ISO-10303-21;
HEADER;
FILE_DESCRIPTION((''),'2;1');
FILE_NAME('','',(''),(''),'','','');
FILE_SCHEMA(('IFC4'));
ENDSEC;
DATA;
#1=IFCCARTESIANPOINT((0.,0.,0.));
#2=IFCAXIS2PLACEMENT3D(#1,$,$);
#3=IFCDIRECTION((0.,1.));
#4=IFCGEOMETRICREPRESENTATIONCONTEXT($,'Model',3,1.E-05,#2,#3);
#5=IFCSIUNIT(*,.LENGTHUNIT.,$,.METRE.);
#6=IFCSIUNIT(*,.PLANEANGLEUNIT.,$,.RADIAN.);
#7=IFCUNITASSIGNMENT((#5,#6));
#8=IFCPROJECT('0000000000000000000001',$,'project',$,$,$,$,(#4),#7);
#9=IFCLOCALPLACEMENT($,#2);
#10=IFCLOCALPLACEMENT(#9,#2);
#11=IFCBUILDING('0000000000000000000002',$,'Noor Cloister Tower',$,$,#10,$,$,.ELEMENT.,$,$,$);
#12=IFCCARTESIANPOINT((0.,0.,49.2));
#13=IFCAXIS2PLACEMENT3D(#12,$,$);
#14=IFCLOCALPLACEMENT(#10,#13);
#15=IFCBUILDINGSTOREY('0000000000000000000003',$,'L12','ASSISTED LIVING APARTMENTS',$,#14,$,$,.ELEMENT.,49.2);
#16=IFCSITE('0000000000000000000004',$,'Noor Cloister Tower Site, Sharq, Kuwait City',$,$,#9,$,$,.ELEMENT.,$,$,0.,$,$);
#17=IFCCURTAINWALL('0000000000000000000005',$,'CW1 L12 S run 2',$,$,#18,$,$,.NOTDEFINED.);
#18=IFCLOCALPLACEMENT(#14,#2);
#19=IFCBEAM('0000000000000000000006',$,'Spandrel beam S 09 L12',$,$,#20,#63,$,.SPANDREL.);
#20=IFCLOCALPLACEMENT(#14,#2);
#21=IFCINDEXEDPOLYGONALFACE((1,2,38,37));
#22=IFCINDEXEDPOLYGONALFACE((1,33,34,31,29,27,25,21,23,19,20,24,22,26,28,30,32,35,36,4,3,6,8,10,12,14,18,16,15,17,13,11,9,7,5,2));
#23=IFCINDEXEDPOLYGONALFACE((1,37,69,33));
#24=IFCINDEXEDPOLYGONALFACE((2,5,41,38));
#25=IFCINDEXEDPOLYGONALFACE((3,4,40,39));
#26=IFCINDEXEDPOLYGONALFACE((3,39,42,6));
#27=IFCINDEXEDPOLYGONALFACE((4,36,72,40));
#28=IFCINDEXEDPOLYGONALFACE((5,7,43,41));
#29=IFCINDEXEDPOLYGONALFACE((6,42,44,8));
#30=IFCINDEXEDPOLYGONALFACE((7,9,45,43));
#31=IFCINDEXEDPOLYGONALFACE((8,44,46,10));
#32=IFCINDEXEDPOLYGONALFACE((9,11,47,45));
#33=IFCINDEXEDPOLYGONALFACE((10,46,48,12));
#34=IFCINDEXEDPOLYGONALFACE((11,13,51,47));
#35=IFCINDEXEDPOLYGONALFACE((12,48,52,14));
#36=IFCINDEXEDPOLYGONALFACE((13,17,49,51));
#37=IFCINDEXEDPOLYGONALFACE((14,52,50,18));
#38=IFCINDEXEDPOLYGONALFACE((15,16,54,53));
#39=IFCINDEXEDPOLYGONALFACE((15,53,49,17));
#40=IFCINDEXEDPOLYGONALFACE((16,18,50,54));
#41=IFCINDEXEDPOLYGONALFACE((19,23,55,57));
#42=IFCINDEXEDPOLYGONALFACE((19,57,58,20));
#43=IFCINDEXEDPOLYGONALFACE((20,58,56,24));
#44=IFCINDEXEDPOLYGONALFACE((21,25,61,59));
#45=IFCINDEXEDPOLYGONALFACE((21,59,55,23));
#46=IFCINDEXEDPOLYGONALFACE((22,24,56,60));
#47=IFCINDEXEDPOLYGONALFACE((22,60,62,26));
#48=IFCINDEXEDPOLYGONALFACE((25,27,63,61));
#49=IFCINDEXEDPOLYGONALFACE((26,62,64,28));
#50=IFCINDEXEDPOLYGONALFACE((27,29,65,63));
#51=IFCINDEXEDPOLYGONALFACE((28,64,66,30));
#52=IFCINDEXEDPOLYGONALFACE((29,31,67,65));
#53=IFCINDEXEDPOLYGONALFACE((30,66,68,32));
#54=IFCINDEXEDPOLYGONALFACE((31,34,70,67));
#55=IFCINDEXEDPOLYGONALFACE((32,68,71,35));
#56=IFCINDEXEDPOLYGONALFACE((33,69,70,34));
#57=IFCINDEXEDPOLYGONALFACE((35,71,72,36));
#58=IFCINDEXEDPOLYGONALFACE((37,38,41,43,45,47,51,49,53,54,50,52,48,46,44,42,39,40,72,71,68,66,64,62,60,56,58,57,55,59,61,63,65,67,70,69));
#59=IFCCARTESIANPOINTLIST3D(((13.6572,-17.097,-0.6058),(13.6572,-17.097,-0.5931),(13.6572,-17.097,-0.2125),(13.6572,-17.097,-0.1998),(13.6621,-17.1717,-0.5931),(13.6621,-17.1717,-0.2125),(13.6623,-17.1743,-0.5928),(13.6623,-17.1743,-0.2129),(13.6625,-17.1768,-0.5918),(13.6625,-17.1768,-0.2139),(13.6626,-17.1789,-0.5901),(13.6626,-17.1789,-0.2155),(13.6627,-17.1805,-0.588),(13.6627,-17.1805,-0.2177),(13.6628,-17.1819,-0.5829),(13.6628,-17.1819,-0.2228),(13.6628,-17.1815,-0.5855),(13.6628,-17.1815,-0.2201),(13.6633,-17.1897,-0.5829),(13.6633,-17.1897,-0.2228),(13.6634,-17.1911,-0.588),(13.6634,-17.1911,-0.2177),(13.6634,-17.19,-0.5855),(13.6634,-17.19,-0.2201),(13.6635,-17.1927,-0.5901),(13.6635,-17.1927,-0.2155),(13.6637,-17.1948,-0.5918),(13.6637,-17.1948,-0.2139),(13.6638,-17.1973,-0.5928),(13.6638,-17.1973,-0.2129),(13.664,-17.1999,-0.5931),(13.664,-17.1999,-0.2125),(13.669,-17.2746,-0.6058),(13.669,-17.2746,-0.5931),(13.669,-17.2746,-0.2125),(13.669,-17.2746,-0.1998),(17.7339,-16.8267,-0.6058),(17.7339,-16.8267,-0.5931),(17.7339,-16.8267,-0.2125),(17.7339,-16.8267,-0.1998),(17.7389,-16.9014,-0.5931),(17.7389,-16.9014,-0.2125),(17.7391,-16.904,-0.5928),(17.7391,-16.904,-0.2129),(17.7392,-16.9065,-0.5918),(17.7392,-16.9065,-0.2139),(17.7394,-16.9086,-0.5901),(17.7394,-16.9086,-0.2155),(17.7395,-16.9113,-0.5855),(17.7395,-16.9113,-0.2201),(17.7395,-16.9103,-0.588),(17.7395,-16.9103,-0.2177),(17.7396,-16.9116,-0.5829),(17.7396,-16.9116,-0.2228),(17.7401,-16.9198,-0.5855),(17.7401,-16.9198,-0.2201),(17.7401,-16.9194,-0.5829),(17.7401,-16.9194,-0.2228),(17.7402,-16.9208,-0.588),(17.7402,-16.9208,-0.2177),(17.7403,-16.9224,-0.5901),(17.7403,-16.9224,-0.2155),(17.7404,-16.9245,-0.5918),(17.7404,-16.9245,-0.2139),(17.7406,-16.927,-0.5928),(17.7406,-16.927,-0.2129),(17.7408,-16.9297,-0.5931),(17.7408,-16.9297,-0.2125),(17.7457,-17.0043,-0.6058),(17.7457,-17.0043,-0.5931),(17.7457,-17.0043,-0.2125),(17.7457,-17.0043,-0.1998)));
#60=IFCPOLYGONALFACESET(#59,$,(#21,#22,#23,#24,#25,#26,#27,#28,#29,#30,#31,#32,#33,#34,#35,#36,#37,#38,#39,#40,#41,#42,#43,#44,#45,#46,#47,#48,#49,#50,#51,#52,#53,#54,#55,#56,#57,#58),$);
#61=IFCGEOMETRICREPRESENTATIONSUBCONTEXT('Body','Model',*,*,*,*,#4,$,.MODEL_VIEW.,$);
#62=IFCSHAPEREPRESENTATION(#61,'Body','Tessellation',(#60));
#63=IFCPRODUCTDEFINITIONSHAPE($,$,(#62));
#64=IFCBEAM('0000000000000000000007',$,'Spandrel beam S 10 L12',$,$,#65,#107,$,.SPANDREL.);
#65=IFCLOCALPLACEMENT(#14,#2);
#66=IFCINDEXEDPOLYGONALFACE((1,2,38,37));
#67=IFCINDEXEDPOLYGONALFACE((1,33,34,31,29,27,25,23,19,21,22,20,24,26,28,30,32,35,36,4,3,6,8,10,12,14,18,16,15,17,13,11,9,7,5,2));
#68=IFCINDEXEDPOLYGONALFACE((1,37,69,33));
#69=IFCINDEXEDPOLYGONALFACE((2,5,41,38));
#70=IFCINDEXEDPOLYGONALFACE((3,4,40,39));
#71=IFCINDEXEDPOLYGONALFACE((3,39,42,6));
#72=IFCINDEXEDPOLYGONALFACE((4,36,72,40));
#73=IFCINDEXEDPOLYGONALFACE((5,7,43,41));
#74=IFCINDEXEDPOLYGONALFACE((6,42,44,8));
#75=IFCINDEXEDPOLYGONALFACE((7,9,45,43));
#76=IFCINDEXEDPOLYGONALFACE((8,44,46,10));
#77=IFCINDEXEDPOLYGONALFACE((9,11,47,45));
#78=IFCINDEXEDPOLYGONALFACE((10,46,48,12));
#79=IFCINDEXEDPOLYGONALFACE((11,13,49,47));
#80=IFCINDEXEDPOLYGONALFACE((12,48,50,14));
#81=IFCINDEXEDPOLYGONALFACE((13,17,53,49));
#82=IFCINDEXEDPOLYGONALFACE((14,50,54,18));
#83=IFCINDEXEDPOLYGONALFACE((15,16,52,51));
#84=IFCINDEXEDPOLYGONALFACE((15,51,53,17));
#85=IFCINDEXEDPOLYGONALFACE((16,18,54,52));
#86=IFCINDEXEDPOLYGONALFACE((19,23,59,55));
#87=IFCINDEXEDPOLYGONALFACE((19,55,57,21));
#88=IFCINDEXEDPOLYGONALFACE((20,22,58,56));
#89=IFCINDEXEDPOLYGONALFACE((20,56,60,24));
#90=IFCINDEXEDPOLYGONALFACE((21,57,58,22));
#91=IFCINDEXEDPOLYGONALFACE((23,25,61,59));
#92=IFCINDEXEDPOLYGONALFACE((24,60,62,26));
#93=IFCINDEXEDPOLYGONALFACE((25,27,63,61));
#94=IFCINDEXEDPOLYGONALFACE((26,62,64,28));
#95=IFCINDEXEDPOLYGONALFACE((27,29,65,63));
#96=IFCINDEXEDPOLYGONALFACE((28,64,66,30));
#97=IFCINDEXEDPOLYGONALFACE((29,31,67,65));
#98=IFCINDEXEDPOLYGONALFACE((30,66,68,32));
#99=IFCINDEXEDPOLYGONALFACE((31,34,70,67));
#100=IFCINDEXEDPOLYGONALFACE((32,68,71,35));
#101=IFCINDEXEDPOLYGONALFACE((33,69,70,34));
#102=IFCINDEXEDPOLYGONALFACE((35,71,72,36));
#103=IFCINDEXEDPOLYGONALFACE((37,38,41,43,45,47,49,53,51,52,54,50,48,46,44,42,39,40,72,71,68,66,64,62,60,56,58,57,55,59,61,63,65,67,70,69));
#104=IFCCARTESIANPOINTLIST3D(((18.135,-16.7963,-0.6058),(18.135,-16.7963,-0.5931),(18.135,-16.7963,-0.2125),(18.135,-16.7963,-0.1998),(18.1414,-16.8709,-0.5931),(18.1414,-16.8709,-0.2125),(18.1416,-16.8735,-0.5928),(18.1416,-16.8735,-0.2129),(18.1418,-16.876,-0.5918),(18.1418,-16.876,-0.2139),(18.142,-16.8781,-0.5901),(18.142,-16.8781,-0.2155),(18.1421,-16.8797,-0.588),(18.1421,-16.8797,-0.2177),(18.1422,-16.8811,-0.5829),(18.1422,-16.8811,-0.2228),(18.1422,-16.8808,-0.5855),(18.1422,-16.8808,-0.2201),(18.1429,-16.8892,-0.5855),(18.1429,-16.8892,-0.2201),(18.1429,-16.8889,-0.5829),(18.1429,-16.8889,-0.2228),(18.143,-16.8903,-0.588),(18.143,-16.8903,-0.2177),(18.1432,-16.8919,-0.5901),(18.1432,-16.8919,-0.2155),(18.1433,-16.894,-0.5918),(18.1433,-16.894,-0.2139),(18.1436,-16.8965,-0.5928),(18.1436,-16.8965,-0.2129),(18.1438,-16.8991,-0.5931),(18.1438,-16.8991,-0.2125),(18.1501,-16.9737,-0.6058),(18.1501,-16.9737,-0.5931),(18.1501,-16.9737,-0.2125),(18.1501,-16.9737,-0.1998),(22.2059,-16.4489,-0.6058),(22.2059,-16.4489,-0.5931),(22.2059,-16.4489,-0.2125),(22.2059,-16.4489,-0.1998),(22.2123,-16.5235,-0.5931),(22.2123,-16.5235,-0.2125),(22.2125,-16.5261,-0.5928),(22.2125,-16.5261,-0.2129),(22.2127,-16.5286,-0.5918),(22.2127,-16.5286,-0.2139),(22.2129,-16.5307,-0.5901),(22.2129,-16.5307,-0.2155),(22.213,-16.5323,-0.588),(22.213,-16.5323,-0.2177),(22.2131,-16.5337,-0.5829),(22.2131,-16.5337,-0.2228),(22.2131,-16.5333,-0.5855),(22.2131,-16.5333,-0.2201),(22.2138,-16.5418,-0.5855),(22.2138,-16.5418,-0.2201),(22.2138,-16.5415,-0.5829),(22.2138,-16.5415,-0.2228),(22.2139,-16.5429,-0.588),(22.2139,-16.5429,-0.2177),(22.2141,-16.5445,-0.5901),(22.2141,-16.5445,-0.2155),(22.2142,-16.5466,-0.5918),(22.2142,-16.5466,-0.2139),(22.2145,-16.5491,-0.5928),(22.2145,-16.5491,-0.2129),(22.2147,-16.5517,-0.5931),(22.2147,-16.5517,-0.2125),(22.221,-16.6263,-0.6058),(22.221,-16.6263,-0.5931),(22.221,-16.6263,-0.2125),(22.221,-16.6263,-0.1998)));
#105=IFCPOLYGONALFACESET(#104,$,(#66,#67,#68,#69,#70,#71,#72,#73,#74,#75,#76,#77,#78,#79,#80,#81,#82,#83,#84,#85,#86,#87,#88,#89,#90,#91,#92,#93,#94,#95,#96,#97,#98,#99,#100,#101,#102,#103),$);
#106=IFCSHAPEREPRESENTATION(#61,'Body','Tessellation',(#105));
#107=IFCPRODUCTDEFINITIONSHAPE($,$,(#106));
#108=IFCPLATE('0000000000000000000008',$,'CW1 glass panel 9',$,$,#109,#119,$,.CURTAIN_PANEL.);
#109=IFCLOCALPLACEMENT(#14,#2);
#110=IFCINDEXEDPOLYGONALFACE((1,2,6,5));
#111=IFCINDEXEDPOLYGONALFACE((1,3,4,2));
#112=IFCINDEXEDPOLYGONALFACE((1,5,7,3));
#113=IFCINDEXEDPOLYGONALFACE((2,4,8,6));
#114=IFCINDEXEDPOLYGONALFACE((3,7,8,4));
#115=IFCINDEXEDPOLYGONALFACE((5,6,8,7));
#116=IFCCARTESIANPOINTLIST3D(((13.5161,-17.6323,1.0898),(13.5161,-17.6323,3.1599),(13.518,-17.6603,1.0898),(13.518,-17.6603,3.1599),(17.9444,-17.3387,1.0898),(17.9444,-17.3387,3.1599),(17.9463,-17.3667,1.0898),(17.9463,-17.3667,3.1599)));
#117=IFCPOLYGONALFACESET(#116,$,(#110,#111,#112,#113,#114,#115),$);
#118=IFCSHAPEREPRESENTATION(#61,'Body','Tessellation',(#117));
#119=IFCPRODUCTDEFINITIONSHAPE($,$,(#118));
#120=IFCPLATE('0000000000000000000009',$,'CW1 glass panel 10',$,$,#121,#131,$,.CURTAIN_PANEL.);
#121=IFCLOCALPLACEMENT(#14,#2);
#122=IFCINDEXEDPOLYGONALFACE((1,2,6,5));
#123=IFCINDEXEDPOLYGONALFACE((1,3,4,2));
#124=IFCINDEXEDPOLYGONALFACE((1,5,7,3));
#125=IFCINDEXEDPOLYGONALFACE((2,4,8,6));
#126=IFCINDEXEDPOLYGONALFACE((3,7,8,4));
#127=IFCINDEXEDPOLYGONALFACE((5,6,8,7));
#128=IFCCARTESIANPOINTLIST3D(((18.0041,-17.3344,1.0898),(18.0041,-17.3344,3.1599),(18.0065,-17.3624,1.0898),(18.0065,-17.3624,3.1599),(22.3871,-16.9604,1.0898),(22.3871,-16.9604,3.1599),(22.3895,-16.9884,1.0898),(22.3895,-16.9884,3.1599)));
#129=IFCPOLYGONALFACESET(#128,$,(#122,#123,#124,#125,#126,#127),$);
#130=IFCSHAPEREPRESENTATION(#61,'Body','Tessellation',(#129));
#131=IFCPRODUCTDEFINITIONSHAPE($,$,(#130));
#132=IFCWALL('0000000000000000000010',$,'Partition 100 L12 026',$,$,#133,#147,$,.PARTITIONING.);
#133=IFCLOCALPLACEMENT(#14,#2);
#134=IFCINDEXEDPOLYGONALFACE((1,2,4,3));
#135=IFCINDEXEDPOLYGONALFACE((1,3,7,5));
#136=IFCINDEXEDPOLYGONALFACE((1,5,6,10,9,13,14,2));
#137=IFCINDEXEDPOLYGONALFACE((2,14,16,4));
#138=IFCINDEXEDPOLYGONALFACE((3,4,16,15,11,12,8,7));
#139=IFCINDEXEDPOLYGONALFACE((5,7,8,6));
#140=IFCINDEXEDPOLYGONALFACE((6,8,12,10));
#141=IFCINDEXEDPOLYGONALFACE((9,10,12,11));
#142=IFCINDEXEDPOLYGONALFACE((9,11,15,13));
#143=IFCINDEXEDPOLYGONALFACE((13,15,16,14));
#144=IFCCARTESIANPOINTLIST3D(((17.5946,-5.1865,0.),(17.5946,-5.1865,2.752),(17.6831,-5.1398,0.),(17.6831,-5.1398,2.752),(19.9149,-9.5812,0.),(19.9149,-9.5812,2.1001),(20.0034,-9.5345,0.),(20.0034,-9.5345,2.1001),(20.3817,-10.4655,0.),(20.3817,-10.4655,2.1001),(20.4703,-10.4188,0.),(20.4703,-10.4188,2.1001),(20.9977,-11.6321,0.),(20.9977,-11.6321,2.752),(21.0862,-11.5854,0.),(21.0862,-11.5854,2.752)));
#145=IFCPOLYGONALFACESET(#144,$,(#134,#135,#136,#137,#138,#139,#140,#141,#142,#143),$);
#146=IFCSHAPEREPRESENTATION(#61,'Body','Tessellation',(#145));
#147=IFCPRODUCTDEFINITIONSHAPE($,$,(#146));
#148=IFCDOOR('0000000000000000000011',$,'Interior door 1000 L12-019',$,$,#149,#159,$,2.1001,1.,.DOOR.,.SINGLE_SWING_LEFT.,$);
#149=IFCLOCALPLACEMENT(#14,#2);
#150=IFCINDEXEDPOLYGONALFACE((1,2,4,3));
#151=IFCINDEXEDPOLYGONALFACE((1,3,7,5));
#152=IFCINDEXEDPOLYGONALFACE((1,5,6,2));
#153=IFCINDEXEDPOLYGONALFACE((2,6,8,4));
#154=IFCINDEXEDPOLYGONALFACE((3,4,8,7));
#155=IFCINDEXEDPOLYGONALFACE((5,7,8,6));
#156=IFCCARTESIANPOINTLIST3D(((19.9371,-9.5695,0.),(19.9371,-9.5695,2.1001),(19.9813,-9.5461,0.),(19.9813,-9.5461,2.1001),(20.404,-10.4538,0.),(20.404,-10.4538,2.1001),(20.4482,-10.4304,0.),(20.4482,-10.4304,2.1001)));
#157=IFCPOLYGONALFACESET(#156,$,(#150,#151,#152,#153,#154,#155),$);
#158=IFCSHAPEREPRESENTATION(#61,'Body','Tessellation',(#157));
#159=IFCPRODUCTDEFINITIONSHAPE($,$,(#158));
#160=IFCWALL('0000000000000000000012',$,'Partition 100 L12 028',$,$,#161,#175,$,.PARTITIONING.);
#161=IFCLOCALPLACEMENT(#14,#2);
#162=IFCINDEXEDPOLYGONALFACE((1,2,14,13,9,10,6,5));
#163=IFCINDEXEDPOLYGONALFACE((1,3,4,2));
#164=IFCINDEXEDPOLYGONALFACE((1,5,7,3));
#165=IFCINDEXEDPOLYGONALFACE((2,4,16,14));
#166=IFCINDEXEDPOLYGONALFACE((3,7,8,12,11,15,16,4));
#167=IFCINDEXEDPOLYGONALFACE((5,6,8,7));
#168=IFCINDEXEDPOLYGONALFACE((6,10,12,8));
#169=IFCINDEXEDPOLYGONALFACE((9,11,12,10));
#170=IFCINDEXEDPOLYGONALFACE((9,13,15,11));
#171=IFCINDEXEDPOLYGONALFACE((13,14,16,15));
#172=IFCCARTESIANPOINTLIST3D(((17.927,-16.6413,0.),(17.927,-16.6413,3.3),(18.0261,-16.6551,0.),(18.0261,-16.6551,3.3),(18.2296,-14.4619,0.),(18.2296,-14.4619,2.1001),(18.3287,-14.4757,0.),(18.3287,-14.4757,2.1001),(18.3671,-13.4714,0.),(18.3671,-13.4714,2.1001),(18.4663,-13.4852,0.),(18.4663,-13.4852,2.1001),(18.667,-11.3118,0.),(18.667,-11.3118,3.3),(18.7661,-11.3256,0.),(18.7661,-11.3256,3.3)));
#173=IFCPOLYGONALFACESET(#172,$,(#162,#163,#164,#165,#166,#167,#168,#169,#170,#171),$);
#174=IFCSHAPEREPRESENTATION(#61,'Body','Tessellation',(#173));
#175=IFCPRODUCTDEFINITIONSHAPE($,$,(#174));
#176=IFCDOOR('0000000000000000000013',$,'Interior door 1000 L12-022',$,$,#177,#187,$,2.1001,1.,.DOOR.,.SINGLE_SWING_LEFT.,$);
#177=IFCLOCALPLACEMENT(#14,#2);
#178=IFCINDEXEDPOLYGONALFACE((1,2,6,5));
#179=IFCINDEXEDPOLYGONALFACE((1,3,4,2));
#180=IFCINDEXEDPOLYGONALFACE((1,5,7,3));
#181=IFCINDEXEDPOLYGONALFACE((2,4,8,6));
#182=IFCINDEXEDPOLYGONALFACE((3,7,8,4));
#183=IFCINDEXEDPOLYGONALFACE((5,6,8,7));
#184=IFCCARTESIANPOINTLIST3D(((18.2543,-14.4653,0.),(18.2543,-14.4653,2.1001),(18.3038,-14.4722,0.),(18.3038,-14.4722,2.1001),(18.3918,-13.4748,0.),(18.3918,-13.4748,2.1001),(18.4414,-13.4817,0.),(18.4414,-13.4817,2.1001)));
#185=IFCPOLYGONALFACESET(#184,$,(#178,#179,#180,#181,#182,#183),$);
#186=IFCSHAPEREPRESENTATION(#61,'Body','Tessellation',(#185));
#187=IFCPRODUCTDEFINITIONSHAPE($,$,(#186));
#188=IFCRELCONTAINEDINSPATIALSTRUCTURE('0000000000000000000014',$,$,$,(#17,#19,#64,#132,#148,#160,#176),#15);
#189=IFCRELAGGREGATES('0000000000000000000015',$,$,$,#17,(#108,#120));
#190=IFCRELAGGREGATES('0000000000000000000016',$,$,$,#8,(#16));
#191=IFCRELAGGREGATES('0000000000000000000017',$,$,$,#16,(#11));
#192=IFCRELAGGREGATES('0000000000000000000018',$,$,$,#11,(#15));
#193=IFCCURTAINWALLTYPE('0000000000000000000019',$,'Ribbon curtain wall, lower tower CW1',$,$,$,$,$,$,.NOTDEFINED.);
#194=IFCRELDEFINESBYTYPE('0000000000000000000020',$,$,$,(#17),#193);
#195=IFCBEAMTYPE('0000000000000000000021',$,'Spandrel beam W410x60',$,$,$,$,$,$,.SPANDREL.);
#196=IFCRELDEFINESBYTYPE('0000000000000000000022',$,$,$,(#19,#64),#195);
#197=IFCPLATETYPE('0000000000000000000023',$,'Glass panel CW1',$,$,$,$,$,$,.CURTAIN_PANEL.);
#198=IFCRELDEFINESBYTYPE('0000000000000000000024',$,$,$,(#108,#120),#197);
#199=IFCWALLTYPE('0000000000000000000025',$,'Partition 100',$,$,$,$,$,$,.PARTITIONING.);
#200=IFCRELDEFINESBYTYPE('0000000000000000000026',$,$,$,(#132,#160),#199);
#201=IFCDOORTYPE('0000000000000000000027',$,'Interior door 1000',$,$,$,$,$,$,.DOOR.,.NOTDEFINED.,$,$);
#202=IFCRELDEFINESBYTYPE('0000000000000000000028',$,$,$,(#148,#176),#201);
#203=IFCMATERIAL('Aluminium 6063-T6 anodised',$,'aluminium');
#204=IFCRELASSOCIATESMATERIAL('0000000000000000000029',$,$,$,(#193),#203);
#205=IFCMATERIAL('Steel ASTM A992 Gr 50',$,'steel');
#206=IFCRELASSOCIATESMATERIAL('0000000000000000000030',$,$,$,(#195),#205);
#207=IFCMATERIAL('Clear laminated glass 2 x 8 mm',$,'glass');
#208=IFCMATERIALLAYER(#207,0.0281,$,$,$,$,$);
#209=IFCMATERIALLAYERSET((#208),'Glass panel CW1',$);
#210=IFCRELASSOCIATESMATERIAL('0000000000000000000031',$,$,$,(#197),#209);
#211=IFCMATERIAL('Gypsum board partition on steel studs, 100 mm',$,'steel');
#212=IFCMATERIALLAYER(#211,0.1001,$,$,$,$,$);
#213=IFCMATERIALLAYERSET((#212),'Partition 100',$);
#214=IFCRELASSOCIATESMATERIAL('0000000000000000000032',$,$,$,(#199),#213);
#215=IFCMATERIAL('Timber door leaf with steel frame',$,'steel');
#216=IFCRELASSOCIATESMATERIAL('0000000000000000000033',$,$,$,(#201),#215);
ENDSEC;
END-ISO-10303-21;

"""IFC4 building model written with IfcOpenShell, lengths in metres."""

from ifc_helpers import new_model, si_unit, direction, frame, frame_2d, origin, origin_2d, place, context, subcontext, project, spatial, rectangle, i_section, extrude, material, layer, layer_set, material_profile, profile_set, type_object, element, fill, aggregate, save


model = new_model("IFC4")

# Units and contexts
model_context = context("Model", 3, precision=1e-05, world=origin(), true_north=direction((0.0, 1.0)))
body_context = subcontext(model_context, "Body", "Model", "MODEL_VIEW")
ifc_project = project(units=[si_unit("LENGTHUNIT", "METRE"), si_unit("PLANEANGLEUNIT", "RADIAN")], contexts=[model_context])

# Site, building, storey
site_placement = place(None, origin())
site = spatial("IfcSite", under=ifc_project, at=site_placement, Name="Noor Cloister Tower Site, Sharq, Kuwait City", CompositionType="ELEMENT", RefElevation=0.0)
building_placement = place(site_placement, origin())
building = spatial("IfcBuilding", under=site, at=building_placement, Name="Noor Cloister Tower", CompositionType="ELEMENT")
storey_placement = place(building_placement, frame((0.0, 0.0, 49.2)))
storey = spatial("IfcBuildingStorey", under=building, at=storey_placement, Name="L12", Description="ASSISTED LIVING APARTMENTS", CompositionType="ELEMENT", Elevation=49.2)

# Curtain wall
ifc_material_1 = material(Name="Aluminium 6063-T6 anodised", Category="aluminium")
curtain_wall_type = type_object("IfcCurtainWallType", Name="Ribbon curtain wall, lower tower CW1", PredefinedType="NOTDEFINED", material=ifc_material_1)
curtain_wall_placement = place(storey_placement, origin())
curtain_wall = element("IfcCurtainWall", 1, at=curtain_wall_placement, inside=storey, type_object=curtain_wall_type, Name="CW1 L12 S run 2", PredefinedType="NOTDEFINED")

# Beams
ifc_material_2 = material(Name="Steel ASTM A992 Gr 50", Category="steel")
ifc_material_profile_1 = material_profile(ifc_material_2, i_section(OverallWidth=0.178, OverallDepth=0.406, WebThickness=0.0078, FlangeThickness=0.0127, FilletRadius=0.0103, at=origin_2d()), Name="W410x60")
ifc_profile_set_1 = profile_set([ifc_material_profile_1], Name="Steel ASTM A992 Gr 50")
beam_type_1 = type_object("IfcBeamType", Name="Spandrel beam W410x60", PredefinedType="SPANDREL", material=ifc_profile_set_1)
for number, where, z_axis, x_axis, name in (
    (2, (13.6631, -17.1858, -0.4028), (0.99781, 0.06615, 0.0), (-0.06615, 0.99781, 0.0), "Spandrel beam S 09 L12"),
    (3, (18.1426, -16.885, -0.4028), (0.996378, 0.085033, 0.0), (-0.085033, 0.996378, 0.0), "Spandrel beam S 10 L12"),
):
    element("IfcBeam", number, at=place(storey_placement, frame(where, z_axis=z_axis, x_axis=x_axis)), inside=storey, type_object=beam_type_1, Name=name, PredefinedType="SPANDREL", context=body_context, shape_type="SweptSolid", body=[
        extrude(i_section(OverallWidth=0.178, OverallDepth=0.406, WebThickness=0.0078, FlangeThickness=0.0127, FilletRadius=0.0103, at=origin_2d()), origin(), (0.0, 0.0, 1.0), 4.0857),
    ])

# Plates
ifc_material_3 = material(Name="Clear laminated glass 2 x 8 mm", Category="glass")
ifc_layer_1 = layer(ifc_material_3, 0.0281)
ifc_layer_set_1 = layer_set([ifc_layer_1], Name="Glass panel CW1")
plate_type = type_object("IfcPlateType", Name="Glass panel CW1", PredefinedType="CURTAIN_PANEL", material=ifc_layer_set_1)
plate_1_placement = place(storey_placement, frame((15.7312, -17.4995, 1.0898), z_axis=(0.0, 0.0, 1.0), x_axis=(0.997809, 0.066157, 0.0)))
plate_1 = element("IfcPlate", 4, at=plate_1_placement, type_object=plate_type, Name="CW1 glass panel 9", PredefinedType="CURTAIN_PANEL", context=body_context, shape_type="SweptSolid", body=[
    extrude(rectangle(XDim=4.438, YDim=0.0281, at=origin_2d()), origin(), (0.0, 0.0, 1.0), 2.0701),
])
plate_2_placement = place(storey_placement, frame((20.1968, -17.1614, 1.0898), z_axis=(0.0, 0.0, 1.0), x_axis=(0.996379, 0.085019, 0.0)))
plate_2 = element("IfcPlate", 5, at=plate_2_placement, type_object=plate_type, Name="CW1 glass panel 10", PredefinedType="CURTAIN_PANEL", context=body_context, shape_type="SweptSolid", body=[
    extrude(rectangle(XDim=4.3989, YDim=0.0281, at=origin_2d()), origin(), (0.0, 0.0, 1.0), 2.0701),
])
aggregate(curtain_wall, [plate_1, plate_2])

# Walls, openings, doors
ifc_material_4 = material(Name="Gypsum board partition on steel studs, 100 mm", Category="steel")
ifc_layer_2 = layer(ifc_material_4, 0.1001)
ifc_layer_set_2 = layer_set([ifc_layer_2], Name="Partition 100")
wall_type = type_object("IfcWallType", Name="Partition 100", PredefinedType="PARTITIONING", material=ifc_layer_set_2)
wall_1_placement = place(storey_placement, frame((21.042, -11.6089, 0.0), z_axis=(0.0, 0.0, 1.0), x_axis=(-0.466893, 0.884314, 0.0)))
wall_1 = element("IfcWall", 6, at=wall_1_placement, inside=storey, type_object=wall_type, Name="Partition 100 L12 026", PredefinedType="PARTITIONING", context=body_context, shape_type="SweptSolid", body=[
    extrude(rectangle(XDim=7.2888, YDim=0.1001, at=frame_2d((3.6445, 0.0))), origin(), (0.0, 0.0, 1.0), 2.752),
])
opening_1_placement = place(wall_1_placement, frame((1.3193, 0.0, 0.0)))
opening_1 = element("IfcOpeningElement", 7, at=opening_1_placement, cuts=wall_1, PredefinedType="OPENING", context=body_context, shape_type="SweptSolid", body=[
    extrude(rectangle(XDim=1.0, YDim=2.1001, at=frame_2d((0.5, 1.05))), frame((0.0, 0.0601, 0.0), z_axis=(0.0, -1.0, 0.0), x_axis=(1.0, 0.0, 0.0)), (0.0, 0.0, 1.0), 0.1201),
])
ifc_material_5 = material(Name="Timber door leaf with steel frame", Category="steel")
door_type = type_object("IfcDoorType", Name="Interior door 1000", OperationType="NOTDEFINED", PredefinedType="DOOR", material=ifc_material_5)
door_1_placement = place(opening_1_placement, origin())
door_1 = element("IfcDoor", 8, at=door_1_placement, inside=storey, type_object=door_type, Name="Interior door 1000 L12-019", OperationType="SINGLE_SWING_LEFT", OverallHeight=2.1001, OverallWidth=1.0, PredefinedType="DOOR", context=body_context, shape_type="SweptSolid", body=[
    extrude(rectangle(XDim=1.0, YDim=2.1001, at=frame_2d((0.5, 1.05))), frame((0.0, 0.0249, 0.0), z_axis=(0.0, -1.0, 0.0), x_axis=(1.0, 0.0, 0.0)), (0.0, 0.0, 1.0), 0.05),
])
fill(opening_1, door_1)
wall_2_placement = place(storey_placement, frame((18.7166, -11.3186, 0.0), z_axis=(0.0, 0.0, 1.0), x_axis=(-0.137526, -0.990498, 0.0)))
wall_2 = element("IfcWall", 9, at=wall_2_placement, inside=storey, type_object=wall_type, Name="Partition 100 L12 028", PredefinedType="PARTITIONING", context=body_context, shape_type="SweptSolid", body=[
    extrude(rectangle(XDim=5.3806, YDim=0.1001, at=frame_2d((2.6904, 0.0))), origin(), (0.0, 0.0, 1.0), 3.3),
])
opening_2_placement = place(wall_2_placement, frame((2.1804, 0.0, 0.0)))
opening_2 = element("IfcOpeningElement", 10, at=opening_2_placement, cuts=wall_2, PredefinedType="OPENING", context=body_context, shape_type="SweptSolid", body=[
    extrude(rectangle(XDim=1.0, YDim=2.1001, at=frame_2d((0.5, 1.05))), frame((0.0, 0.0601, 0.0), z_axis=(0.0, -1.0, 0.0), x_axis=(1.0, 0.0, 0.0)), (0.0, 0.0, 1.0), 0.1201),
])
door_2_placement = place(opening_2_placement, origin())
door_2 = element("IfcDoor", 11, at=door_2_placement, inside=storey, type_object=door_type, Name="Interior door 1000 L12-022", OperationType="SINGLE_SWING_LEFT", OverallHeight=2.1001, OverallWidth=1.0, PredefinedType="DOOR", context=body_context, shape_type="SweptSolid", body=[
    extrude(rectangle(XDim=1.0, YDim=2.1001, at=frame_2d((0.5, 1.05))), frame((0.0, 0.0249, 0.0), z_axis=(0.0, -1.0, 0.0), x_axis=(1.0, 0.0, 0.0)), (0.0, 0.0, 1.0), 0.05),
])
fill(opening_2, door_2)

save(model, "model.ifc")
